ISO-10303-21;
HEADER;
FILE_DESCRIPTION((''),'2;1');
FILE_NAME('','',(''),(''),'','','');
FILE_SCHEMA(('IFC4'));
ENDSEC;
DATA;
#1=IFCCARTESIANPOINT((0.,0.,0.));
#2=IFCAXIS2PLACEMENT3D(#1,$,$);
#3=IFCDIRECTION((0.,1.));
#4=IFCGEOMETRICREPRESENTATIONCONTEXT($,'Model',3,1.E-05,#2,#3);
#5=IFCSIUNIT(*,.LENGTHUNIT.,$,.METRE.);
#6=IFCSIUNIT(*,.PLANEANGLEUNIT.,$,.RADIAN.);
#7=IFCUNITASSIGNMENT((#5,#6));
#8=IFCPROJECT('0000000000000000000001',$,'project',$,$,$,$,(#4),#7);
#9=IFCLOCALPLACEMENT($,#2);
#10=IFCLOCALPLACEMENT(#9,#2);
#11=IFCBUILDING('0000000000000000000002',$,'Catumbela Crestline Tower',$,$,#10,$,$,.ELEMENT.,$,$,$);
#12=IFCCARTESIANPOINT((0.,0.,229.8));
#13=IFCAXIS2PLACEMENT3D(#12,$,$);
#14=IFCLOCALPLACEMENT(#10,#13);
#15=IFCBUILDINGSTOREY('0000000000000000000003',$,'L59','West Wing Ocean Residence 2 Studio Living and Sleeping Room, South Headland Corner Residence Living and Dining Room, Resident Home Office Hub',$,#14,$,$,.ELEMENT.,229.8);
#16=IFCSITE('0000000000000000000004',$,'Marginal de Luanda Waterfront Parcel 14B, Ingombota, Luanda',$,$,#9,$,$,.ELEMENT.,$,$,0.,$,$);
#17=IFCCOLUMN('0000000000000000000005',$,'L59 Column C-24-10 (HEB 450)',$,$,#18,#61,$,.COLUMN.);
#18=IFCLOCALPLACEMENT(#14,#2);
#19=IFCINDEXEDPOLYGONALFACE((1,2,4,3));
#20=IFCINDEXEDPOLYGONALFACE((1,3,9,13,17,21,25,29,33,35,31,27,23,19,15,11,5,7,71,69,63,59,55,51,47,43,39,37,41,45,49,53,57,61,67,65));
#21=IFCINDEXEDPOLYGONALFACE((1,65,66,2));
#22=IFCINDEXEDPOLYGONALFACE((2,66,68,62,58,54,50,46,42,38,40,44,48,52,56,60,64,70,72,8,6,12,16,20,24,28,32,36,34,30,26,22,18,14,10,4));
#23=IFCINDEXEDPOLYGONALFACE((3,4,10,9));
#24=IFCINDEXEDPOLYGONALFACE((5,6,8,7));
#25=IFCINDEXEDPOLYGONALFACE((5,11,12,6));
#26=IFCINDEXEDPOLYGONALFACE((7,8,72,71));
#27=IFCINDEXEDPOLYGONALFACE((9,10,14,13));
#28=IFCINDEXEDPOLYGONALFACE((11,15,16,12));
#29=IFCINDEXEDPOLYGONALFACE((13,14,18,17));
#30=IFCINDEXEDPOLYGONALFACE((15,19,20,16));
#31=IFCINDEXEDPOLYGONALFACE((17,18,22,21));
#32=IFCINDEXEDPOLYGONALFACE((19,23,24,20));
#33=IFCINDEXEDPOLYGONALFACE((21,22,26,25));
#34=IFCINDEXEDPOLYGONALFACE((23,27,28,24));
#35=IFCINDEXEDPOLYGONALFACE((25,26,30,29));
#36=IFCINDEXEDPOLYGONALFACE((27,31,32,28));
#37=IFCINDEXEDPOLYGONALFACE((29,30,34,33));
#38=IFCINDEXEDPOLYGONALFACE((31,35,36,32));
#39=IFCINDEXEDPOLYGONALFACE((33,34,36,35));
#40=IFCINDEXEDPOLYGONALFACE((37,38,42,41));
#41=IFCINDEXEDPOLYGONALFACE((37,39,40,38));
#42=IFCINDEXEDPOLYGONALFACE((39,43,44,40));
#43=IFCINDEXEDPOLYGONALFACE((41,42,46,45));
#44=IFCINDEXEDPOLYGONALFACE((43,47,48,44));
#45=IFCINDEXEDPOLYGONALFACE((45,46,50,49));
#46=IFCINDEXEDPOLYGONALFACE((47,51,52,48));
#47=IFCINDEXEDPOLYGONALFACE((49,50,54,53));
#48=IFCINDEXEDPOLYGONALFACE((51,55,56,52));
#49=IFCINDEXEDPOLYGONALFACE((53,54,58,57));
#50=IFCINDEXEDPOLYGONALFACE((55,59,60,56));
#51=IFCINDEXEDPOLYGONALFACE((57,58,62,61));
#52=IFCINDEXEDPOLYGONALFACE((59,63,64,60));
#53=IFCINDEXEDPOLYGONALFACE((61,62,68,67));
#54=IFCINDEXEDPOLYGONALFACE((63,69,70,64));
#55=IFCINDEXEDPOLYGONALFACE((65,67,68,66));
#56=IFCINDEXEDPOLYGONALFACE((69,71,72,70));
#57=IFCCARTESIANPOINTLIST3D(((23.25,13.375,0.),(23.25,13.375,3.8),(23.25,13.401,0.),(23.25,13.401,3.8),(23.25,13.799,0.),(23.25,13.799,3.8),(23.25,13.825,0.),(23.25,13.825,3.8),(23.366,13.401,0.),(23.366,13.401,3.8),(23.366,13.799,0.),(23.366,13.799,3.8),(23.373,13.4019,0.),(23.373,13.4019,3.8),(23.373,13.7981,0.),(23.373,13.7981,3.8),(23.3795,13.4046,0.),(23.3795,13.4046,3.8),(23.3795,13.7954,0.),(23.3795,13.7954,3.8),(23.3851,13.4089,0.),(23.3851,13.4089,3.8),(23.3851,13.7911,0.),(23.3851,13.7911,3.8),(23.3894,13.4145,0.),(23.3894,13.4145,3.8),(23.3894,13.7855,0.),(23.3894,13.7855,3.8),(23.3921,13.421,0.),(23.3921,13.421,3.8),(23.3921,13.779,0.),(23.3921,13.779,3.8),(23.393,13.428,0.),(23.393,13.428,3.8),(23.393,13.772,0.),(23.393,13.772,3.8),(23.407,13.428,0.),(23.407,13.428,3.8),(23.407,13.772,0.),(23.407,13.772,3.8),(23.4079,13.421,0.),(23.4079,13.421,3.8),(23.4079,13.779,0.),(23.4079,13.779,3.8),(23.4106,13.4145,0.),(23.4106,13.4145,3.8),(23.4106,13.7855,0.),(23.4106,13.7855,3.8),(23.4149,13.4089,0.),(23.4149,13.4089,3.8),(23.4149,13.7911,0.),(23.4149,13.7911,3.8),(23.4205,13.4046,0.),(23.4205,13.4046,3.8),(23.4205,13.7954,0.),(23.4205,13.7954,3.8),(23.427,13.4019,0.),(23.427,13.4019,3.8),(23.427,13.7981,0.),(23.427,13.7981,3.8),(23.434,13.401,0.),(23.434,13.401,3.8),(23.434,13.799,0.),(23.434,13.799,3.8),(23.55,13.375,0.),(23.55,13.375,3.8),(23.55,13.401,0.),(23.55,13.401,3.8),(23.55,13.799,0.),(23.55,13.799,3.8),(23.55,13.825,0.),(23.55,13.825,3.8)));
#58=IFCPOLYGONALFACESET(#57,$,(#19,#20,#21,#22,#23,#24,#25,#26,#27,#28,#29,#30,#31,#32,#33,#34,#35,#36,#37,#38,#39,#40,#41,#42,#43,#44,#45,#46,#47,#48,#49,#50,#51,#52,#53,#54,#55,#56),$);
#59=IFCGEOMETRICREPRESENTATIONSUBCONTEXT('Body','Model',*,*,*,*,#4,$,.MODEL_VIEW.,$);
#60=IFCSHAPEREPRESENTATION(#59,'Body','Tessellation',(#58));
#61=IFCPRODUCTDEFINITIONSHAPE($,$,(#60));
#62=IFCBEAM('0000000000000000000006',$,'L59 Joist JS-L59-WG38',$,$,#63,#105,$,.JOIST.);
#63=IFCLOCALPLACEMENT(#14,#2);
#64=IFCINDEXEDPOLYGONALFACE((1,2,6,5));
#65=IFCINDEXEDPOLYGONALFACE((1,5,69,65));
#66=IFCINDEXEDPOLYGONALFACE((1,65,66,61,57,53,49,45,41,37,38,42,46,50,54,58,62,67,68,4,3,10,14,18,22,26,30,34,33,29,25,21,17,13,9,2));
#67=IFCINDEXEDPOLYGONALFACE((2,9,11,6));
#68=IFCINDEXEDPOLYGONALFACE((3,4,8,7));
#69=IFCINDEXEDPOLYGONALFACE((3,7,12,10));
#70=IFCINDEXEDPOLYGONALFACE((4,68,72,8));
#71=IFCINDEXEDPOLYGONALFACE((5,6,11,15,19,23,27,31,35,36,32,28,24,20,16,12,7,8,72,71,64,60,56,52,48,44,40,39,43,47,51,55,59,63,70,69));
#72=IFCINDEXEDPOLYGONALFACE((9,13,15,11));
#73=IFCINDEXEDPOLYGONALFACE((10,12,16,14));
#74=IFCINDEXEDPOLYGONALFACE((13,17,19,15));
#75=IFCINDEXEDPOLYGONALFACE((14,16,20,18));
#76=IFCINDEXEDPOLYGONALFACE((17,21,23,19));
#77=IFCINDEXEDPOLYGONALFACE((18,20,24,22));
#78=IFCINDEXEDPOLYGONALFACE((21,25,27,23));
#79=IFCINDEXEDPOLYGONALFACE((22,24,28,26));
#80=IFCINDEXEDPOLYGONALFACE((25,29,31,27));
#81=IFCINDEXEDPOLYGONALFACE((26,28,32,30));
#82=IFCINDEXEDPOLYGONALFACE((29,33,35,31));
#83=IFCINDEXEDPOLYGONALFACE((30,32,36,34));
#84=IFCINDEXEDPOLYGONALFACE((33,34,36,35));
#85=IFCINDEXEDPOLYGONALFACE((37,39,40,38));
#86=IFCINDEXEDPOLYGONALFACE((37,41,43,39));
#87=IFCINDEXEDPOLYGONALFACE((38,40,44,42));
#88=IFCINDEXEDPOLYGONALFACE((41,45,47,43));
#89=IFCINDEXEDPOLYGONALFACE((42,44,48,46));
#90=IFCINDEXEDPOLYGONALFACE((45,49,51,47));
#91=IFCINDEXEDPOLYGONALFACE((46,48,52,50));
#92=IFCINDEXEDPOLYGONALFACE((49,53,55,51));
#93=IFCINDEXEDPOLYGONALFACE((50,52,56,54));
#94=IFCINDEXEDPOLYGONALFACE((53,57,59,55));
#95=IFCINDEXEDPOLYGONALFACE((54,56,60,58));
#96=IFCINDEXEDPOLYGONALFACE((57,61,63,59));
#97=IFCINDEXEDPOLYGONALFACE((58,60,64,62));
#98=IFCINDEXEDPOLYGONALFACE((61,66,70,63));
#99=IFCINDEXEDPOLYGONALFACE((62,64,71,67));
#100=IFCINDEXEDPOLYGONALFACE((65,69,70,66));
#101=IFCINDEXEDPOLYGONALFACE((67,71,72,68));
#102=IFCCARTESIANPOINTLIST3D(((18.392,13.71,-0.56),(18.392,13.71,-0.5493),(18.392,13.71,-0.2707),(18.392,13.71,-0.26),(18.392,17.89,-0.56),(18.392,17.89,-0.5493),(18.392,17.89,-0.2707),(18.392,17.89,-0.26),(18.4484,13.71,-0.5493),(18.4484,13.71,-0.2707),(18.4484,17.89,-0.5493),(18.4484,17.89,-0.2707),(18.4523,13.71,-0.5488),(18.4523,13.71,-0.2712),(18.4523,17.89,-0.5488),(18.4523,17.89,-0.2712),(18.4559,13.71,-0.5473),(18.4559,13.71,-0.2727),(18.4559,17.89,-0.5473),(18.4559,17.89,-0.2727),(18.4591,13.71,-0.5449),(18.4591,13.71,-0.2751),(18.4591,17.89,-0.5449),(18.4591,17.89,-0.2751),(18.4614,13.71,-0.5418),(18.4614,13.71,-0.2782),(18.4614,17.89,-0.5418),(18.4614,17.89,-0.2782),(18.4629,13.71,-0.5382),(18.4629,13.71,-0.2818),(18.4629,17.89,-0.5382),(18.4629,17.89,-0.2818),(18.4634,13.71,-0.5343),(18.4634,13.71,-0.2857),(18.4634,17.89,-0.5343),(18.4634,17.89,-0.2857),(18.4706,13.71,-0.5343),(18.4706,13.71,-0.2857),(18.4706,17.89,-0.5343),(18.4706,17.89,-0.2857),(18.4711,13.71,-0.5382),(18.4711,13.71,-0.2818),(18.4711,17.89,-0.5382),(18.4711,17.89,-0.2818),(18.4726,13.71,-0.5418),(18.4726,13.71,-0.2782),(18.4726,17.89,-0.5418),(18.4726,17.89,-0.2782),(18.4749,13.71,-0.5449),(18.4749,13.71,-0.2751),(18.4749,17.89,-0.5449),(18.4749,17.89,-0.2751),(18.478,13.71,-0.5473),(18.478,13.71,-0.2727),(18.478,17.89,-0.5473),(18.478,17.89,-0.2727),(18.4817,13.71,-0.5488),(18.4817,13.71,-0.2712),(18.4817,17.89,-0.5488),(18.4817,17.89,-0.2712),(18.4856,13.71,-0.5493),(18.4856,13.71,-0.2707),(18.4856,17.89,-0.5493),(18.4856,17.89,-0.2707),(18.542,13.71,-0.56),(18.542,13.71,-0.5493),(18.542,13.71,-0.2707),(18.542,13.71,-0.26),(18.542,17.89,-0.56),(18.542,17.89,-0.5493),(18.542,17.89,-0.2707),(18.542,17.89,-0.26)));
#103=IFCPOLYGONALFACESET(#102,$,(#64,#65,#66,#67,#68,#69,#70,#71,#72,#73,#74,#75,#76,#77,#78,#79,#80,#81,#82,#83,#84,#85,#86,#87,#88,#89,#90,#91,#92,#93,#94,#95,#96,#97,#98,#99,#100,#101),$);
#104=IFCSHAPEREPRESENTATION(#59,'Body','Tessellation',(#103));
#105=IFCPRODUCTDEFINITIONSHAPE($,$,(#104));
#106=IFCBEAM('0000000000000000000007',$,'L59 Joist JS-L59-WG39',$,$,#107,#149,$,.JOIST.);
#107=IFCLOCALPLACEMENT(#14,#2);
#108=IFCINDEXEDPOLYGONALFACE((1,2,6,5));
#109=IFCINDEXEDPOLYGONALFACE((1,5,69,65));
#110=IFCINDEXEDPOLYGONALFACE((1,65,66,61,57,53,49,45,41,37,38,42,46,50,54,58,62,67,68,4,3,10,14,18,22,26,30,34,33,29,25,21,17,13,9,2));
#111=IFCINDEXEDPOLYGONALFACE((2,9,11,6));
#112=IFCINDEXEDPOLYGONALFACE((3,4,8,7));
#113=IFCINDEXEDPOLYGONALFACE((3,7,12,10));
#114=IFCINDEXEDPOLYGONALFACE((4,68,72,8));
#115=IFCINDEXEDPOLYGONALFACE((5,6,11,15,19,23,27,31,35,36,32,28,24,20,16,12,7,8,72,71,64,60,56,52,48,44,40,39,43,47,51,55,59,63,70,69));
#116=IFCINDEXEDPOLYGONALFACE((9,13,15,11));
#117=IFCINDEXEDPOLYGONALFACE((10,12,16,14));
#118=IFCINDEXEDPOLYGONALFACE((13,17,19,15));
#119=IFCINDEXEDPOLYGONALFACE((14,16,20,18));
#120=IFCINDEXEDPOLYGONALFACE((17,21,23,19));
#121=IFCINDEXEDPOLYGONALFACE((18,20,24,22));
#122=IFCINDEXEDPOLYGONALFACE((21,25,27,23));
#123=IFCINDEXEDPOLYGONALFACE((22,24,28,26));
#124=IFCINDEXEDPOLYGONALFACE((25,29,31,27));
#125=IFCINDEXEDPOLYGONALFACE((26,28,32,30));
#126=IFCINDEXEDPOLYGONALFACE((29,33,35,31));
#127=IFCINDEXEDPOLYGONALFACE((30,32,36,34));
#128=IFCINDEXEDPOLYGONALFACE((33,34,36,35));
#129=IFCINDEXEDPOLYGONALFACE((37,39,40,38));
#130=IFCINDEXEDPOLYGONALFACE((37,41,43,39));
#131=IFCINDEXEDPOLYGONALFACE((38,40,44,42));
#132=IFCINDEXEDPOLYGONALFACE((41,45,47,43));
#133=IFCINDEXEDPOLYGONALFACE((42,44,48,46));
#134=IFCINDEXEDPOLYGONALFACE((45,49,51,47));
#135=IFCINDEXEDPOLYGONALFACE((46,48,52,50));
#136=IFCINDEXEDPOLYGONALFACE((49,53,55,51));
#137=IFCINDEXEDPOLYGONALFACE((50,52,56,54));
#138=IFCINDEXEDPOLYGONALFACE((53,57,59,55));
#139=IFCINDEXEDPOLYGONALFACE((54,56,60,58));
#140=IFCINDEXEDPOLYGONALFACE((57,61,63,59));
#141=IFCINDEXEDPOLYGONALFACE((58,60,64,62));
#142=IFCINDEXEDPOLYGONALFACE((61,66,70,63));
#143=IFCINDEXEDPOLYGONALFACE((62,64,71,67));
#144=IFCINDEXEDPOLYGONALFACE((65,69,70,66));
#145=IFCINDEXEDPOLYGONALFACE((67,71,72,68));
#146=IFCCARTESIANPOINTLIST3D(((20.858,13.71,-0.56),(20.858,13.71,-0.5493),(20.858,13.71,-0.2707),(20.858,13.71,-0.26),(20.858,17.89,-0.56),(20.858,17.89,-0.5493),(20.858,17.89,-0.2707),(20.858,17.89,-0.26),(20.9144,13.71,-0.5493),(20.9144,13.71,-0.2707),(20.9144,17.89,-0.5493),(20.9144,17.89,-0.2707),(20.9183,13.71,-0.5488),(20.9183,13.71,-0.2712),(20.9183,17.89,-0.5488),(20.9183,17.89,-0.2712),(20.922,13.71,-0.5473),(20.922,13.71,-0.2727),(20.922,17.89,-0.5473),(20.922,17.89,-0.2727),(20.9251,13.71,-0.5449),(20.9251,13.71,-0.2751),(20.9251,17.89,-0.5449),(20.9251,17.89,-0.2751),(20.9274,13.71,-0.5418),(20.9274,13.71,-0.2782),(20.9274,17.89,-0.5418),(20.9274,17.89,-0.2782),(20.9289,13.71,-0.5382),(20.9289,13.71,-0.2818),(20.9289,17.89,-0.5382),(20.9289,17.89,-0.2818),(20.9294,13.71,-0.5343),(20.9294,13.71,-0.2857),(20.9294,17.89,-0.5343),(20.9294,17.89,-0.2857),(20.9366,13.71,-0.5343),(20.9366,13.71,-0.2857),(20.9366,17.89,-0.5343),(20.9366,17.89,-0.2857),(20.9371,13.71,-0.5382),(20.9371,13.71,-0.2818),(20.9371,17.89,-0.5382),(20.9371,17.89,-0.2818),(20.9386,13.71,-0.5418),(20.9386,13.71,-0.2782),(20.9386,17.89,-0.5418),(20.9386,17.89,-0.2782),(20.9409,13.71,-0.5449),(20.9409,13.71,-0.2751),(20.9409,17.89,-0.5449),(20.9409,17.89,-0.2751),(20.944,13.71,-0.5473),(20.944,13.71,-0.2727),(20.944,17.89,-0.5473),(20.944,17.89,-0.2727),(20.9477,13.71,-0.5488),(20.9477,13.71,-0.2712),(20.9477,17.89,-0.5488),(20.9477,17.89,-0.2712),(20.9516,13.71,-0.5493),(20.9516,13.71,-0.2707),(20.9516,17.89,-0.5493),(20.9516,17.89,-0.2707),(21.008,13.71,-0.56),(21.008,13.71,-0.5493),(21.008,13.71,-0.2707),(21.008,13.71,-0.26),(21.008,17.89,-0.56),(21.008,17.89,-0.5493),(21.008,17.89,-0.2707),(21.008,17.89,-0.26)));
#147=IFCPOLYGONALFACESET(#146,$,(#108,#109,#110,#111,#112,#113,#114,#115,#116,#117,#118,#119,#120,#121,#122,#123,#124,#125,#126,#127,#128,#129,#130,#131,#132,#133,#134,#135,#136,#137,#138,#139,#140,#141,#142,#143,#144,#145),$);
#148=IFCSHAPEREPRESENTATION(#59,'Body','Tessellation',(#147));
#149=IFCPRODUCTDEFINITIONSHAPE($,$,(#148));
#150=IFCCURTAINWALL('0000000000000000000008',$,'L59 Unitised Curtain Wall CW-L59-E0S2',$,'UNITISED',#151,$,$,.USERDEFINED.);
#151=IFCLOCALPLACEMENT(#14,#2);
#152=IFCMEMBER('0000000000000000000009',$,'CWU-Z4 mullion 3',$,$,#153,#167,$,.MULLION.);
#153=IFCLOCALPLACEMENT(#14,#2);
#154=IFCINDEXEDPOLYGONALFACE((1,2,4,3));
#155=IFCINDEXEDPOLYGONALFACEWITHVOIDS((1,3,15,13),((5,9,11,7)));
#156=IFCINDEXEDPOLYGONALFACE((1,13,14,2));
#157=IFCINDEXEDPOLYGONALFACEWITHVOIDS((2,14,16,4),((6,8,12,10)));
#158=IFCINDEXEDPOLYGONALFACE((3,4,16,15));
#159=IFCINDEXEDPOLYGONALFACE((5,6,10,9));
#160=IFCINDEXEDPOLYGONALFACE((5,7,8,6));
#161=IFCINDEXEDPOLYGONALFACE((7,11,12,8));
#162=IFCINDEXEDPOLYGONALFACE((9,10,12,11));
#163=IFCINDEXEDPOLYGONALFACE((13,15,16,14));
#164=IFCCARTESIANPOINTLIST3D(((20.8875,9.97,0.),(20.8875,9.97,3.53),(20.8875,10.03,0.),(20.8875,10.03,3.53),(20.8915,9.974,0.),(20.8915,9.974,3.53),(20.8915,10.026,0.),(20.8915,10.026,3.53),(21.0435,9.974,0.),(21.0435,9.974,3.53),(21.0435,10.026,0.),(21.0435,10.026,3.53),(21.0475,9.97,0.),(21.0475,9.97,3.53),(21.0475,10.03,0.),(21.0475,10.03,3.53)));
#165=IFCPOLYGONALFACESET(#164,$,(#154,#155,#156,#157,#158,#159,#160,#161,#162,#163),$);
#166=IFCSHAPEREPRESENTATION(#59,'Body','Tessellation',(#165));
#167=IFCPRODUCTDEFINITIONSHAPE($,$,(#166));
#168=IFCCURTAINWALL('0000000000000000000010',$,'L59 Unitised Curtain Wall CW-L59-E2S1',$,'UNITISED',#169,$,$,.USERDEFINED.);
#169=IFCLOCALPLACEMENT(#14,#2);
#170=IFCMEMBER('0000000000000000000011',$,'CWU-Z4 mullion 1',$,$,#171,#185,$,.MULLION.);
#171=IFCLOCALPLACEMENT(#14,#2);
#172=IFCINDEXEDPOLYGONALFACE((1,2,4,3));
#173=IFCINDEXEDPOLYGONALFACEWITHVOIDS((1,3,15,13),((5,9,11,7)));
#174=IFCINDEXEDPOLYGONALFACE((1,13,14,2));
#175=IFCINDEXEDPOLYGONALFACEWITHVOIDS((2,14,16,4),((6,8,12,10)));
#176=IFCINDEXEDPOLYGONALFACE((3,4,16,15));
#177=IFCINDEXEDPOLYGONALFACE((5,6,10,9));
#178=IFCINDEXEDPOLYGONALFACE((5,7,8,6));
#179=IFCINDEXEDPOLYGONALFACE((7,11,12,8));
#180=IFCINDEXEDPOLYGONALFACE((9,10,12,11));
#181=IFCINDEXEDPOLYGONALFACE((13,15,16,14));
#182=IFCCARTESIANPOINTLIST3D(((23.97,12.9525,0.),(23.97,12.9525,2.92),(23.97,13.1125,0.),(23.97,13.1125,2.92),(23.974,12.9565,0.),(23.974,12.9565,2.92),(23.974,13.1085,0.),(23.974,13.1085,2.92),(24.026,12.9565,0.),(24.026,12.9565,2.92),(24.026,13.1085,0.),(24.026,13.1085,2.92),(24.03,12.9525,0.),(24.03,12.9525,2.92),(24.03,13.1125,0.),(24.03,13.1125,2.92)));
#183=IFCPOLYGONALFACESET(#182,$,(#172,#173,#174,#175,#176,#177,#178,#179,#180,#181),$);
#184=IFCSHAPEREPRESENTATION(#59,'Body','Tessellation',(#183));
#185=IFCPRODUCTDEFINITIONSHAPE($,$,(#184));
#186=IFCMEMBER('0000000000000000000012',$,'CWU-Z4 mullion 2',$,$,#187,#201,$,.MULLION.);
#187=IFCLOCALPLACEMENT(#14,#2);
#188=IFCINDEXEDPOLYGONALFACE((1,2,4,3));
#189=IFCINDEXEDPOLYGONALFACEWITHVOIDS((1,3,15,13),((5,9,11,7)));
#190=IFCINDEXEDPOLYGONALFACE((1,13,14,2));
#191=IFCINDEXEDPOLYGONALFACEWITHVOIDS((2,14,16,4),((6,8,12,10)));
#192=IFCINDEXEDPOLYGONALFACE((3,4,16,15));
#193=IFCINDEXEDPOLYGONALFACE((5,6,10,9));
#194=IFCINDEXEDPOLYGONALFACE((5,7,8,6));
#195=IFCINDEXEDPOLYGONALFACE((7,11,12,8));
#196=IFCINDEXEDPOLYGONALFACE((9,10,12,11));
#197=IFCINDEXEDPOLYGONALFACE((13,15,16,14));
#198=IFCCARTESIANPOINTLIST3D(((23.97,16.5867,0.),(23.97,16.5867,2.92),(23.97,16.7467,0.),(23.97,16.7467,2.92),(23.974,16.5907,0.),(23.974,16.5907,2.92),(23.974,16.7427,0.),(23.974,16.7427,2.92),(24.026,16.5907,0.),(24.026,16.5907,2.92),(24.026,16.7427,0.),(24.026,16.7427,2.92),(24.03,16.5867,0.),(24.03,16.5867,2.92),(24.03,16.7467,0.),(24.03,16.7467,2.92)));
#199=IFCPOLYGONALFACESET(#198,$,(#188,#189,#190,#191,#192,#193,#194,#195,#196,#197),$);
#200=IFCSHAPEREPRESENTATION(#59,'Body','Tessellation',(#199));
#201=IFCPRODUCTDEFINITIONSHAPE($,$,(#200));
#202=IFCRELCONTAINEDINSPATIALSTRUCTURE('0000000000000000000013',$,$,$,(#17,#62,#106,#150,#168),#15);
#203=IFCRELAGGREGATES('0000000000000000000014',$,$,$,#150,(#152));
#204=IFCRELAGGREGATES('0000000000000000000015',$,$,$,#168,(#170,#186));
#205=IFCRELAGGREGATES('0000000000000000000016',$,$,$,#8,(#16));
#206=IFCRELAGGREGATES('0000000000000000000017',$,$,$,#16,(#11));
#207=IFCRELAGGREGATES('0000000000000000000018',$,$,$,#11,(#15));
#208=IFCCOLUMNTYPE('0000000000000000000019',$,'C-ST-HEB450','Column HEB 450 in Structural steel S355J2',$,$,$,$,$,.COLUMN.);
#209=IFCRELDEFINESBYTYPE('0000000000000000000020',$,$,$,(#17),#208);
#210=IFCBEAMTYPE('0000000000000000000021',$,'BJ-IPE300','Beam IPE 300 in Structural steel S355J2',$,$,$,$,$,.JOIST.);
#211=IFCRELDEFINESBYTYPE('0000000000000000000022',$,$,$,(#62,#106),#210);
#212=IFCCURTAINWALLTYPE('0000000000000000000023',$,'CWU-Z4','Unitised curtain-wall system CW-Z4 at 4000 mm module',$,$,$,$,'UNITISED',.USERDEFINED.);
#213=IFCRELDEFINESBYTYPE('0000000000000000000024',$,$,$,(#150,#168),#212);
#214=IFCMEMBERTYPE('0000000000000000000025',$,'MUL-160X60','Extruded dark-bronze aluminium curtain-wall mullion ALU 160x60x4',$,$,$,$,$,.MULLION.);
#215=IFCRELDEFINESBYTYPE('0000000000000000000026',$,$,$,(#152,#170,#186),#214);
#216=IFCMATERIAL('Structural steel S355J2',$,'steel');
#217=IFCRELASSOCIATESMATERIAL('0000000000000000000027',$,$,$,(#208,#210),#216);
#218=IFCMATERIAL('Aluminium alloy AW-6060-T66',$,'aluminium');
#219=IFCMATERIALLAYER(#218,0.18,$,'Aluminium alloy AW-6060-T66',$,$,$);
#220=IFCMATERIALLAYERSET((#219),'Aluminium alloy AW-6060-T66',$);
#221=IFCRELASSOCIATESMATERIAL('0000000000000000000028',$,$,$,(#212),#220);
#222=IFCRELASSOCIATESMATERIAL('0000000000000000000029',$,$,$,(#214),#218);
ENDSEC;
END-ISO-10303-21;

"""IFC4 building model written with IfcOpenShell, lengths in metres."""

from ifc_helpers import new_model, si_unit, direction, frame, origin, origin_2d, place, context, subcontext, project, spatial, hollow_rectangle, i_section, extrude, material, layer, layer_set, material_profile, profile_set, type_object, element, aggregate, save


model = new_model("IFC4")

# Units and contexts
model_context = context("Model", 3, precision=1e-05, world=origin(), true_north=direction((0.0, 1.0)))
body_context = subcontext(model_context, "Body", "Model", "MODEL_VIEW")
ifc_project = project(units=[si_unit("LENGTHUNIT", "METRE"), si_unit("PLANEANGLEUNIT", "RADIAN")], contexts=[model_context])

# Site, building, storey
site_placement = place(None, origin())
site = spatial("IfcSite", under=ifc_project, at=site_placement, Name="Marginal de Luanda Waterfront Parcel 14B, Ingombota, Luanda", CompositionType="ELEMENT", RefElevation=0.0)
building_placement = place(site_placement, origin())
building = spatial("IfcBuilding", under=site, at=building_placement, Name="Catumbela Crestline Tower", CompositionType="ELEMENT")
storey_placement = place(building_placement, frame((0.0, 0.0, 229.8)))
storey = spatial("IfcBuildingStorey", under=building, at=storey_placement, Name="L59", Description="West Wing Ocean Residence 2 Studio Living and Sleeping Room, South Headland Corner Residence Living and Dining Room, Resident Home Office Hub", CompositionType="ELEMENT", Elevation=229.8)

# Column
ifc_material_1 = material(Name="Structural steel S355J2", Category="steel")
ifc_material_profile_1 = material_profile(ifc_material_1, i_section(OverallWidth=0.3, OverallDepth=0.45, WebThickness=0.014, FlangeThickness=0.026, FilletRadius=0.027, at=origin_2d()), Name="HEB 450")
ifc_profile_set_1 = profile_set([ifc_material_profile_1], Name="Structural steel S355J2")
column_type = type_object("IfcColumnType", Name="C-ST-HEB450", Description="Column HEB 450 in Structural steel S355J2", PredefinedType="COLUMN", material=ifc_profile_set_1)
column_placement = place(storey_placement, frame((23.4, 13.6, 0.0), z_axis=(0.0, 0.0, 1.0), x_axis=(1.0, 0.0, 0.0)))
element("IfcColumn", 1, at=column_placement, inside=storey, type_object=column_type, Name="L59 Column C-24-10 (HEB 450)", PredefinedType="COLUMN", context=body_context, shape_type="SweptSolid", body=[
    extrude(i_section(OverallWidth=0.3, OverallDepth=0.45, WebThickness=0.014, FlangeThickness=0.026, FilletRadius=0.027, at=origin_2d()), origin(), (0.0, 0.0, 1.0), 3.8),
])

# Beams
ifc_material_profile_2 = material_profile(ifc_material_1, i_section(OverallWidth=0.15, OverallDepth=0.3, WebThickness=0.0071, FlangeThickness=0.0107, FilletRadius=0.015, at=origin_2d()), Name="IPE 300")
ifc_profile_set_2 = profile_set([ifc_material_profile_2], Name="Structural steel S355J2")
beam_type_1 = type_object("IfcBeamType", Name="BJ-IPE300", Description="Beam IPE 300 in Structural steel S355J2", PredefinedType="JOIST", material=ifc_profile_set_2)
for number, where, z_axis, x_axis, name in (
    (2, (18.467, 13.71, -0.41), (0.0, 1.0, 0.0), (-1.0, 0.0, 0.0), "L59 Joist JS-L59-WG38"),
    (3, (20.933, 13.71, -0.41), (0.0, 1.0, 0.0), (-1.0, 0.0, 0.0), "L59 Joist JS-L59-WG39"),
):
    element("IfcBeam", number, at=place(storey_placement, frame(where, z_axis=z_axis, x_axis=x_axis)), inside=storey, type_object=beam_type_1, Name=name, PredefinedType="JOIST", context=body_context, shape_type="SweptSolid", body=[
        extrude(i_section(OverallWidth=0.15, OverallDepth=0.3, WebThickness=0.0071, FlangeThickness=0.0107, FilletRadius=0.015, at=origin_2d()), origin(), (0.0, 0.0, 1.0), 4.18),
    ])

# Curtain wall, member
ifc_material_2 = material(Name="Aluminium alloy AW-6060-T66", Category="aluminium")
ifc_layer_1 = layer(ifc_material_2, 0.18, Name="Aluminium alloy AW-6060-T66")
ifc_layer_set_1 = layer_set([ifc_layer_1], Name="Aluminium alloy AW-6060-T66")
curtain_wall_type = type_object("IfcCurtainWallType", Name="CWU-Z4", Description="Unitised curtain-wall system CW-Z4 at 4000 mm module", ElementType="UNITISED", PredefinedType="USERDEFINED", material=ifc_layer_set_1)
curtain_wall_1_placement = place(storey_placement, origin())
curtain_wall_1 = element("IfcCurtainWall", 4, at=curtain_wall_1_placement, inside=storey, type_object=curtain_wall_type, Name="L59 Unitised Curtain Wall CW-L59-E0S2", ObjectType="UNITISED", PredefinedType="USERDEFINED")
ifc_material_profile_3 = material_profile(ifc_material_2, hollow_rectangle(XDim=0.06, YDim=0.16, WallThickness=0.004, at=origin_2d()), Name="ALU 160x60x4")
ifc_profile_set_3 = profile_set([ifc_material_profile_3], Name="Aluminium alloy AW-6060-T66")
member_type_1 = type_object("IfcMemberType", Name="MUL-160X60", Description="Extruded dark-bronze aluminium curtain-wall mullion ALU 160x60x4", PredefinedType="MULLION", material=ifc_profile_set_3)
member_1_placement = place(storey_placement, frame((20.9675, 10.0, 0.0), z_axis=(0.0, 0.0, 1.0), x_axis=(0.0, 1.0, 0.0)))
member_1 = element("IfcMember", 5, at=member_1_placement, type_object=member_type_1, Name="CWU-Z4 mullion 3", PredefinedType="MULLION", context=body_context, shape_type="SweptSolid", body=[
    extrude(hollow_rectangle(XDim=0.06, YDim=0.16, WallThickness=0.004, at=origin_2d()), origin(), (0.0, 0.0, 1.0), 3.53),
])

# Curtain wall, members
curtain_wall_2_placement = place(storey_placement, origin())
curtain_wall_2 = element("IfcCurtainWall", 6, at=curtain_wall_2_placement, inside=storey, type_object=curtain_wall_type, Name="L59 Unitised Curtain Wall CW-L59-E2S1", ObjectType="UNITISED", PredefinedType="USERDEFINED")
member_2_placement = place(storey_placement, frame((24.0, 13.0325, 0.0), z_axis=(0.0, 0.0, 1.0), x_axis=(-1.0, 0.0, 0.0)))
member_2 = element("IfcMember", 7, at=member_2_placement, type_object=member_type_1, Name="CWU-Z4 mullion 1", PredefinedType="MULLION", context=body_context, shape_type="SweptSolid", body=[
    extrude(hollow_rectangle(XDim=0.06, YDim=0.16, WallThickness=0.004, at=origin_2d()), origin(), (0.0, 0.0, 1.0), 2.92),
])
member_3_placement = place(storey_placement, frame((24.0, 16.6667, 0.0), z_axis=(0.0, 0.0, 1.0), x_axis=(-1.0, 0.0, 0.0)))
member_3 = element("IfcMember", 8, at=member_3_placement, type_object=member_type_1, Name="CWU-Z4 mullion 2", PredefinedType="MULLION", context=body_context, shape_type="SweptSolid", body=[
    extrude(hollow_rectangle(XDim=0.06, YDim=0.16, WallThickness=0.004, at=origin_2d()), origin(), (0.0, 0.0, 1.0), 2.92),
])

aggregate(curtain_wall_1, [member_1])
aggregate(curtain_wall_2, [member_2, member_3])

save(model, "model.ifc")
